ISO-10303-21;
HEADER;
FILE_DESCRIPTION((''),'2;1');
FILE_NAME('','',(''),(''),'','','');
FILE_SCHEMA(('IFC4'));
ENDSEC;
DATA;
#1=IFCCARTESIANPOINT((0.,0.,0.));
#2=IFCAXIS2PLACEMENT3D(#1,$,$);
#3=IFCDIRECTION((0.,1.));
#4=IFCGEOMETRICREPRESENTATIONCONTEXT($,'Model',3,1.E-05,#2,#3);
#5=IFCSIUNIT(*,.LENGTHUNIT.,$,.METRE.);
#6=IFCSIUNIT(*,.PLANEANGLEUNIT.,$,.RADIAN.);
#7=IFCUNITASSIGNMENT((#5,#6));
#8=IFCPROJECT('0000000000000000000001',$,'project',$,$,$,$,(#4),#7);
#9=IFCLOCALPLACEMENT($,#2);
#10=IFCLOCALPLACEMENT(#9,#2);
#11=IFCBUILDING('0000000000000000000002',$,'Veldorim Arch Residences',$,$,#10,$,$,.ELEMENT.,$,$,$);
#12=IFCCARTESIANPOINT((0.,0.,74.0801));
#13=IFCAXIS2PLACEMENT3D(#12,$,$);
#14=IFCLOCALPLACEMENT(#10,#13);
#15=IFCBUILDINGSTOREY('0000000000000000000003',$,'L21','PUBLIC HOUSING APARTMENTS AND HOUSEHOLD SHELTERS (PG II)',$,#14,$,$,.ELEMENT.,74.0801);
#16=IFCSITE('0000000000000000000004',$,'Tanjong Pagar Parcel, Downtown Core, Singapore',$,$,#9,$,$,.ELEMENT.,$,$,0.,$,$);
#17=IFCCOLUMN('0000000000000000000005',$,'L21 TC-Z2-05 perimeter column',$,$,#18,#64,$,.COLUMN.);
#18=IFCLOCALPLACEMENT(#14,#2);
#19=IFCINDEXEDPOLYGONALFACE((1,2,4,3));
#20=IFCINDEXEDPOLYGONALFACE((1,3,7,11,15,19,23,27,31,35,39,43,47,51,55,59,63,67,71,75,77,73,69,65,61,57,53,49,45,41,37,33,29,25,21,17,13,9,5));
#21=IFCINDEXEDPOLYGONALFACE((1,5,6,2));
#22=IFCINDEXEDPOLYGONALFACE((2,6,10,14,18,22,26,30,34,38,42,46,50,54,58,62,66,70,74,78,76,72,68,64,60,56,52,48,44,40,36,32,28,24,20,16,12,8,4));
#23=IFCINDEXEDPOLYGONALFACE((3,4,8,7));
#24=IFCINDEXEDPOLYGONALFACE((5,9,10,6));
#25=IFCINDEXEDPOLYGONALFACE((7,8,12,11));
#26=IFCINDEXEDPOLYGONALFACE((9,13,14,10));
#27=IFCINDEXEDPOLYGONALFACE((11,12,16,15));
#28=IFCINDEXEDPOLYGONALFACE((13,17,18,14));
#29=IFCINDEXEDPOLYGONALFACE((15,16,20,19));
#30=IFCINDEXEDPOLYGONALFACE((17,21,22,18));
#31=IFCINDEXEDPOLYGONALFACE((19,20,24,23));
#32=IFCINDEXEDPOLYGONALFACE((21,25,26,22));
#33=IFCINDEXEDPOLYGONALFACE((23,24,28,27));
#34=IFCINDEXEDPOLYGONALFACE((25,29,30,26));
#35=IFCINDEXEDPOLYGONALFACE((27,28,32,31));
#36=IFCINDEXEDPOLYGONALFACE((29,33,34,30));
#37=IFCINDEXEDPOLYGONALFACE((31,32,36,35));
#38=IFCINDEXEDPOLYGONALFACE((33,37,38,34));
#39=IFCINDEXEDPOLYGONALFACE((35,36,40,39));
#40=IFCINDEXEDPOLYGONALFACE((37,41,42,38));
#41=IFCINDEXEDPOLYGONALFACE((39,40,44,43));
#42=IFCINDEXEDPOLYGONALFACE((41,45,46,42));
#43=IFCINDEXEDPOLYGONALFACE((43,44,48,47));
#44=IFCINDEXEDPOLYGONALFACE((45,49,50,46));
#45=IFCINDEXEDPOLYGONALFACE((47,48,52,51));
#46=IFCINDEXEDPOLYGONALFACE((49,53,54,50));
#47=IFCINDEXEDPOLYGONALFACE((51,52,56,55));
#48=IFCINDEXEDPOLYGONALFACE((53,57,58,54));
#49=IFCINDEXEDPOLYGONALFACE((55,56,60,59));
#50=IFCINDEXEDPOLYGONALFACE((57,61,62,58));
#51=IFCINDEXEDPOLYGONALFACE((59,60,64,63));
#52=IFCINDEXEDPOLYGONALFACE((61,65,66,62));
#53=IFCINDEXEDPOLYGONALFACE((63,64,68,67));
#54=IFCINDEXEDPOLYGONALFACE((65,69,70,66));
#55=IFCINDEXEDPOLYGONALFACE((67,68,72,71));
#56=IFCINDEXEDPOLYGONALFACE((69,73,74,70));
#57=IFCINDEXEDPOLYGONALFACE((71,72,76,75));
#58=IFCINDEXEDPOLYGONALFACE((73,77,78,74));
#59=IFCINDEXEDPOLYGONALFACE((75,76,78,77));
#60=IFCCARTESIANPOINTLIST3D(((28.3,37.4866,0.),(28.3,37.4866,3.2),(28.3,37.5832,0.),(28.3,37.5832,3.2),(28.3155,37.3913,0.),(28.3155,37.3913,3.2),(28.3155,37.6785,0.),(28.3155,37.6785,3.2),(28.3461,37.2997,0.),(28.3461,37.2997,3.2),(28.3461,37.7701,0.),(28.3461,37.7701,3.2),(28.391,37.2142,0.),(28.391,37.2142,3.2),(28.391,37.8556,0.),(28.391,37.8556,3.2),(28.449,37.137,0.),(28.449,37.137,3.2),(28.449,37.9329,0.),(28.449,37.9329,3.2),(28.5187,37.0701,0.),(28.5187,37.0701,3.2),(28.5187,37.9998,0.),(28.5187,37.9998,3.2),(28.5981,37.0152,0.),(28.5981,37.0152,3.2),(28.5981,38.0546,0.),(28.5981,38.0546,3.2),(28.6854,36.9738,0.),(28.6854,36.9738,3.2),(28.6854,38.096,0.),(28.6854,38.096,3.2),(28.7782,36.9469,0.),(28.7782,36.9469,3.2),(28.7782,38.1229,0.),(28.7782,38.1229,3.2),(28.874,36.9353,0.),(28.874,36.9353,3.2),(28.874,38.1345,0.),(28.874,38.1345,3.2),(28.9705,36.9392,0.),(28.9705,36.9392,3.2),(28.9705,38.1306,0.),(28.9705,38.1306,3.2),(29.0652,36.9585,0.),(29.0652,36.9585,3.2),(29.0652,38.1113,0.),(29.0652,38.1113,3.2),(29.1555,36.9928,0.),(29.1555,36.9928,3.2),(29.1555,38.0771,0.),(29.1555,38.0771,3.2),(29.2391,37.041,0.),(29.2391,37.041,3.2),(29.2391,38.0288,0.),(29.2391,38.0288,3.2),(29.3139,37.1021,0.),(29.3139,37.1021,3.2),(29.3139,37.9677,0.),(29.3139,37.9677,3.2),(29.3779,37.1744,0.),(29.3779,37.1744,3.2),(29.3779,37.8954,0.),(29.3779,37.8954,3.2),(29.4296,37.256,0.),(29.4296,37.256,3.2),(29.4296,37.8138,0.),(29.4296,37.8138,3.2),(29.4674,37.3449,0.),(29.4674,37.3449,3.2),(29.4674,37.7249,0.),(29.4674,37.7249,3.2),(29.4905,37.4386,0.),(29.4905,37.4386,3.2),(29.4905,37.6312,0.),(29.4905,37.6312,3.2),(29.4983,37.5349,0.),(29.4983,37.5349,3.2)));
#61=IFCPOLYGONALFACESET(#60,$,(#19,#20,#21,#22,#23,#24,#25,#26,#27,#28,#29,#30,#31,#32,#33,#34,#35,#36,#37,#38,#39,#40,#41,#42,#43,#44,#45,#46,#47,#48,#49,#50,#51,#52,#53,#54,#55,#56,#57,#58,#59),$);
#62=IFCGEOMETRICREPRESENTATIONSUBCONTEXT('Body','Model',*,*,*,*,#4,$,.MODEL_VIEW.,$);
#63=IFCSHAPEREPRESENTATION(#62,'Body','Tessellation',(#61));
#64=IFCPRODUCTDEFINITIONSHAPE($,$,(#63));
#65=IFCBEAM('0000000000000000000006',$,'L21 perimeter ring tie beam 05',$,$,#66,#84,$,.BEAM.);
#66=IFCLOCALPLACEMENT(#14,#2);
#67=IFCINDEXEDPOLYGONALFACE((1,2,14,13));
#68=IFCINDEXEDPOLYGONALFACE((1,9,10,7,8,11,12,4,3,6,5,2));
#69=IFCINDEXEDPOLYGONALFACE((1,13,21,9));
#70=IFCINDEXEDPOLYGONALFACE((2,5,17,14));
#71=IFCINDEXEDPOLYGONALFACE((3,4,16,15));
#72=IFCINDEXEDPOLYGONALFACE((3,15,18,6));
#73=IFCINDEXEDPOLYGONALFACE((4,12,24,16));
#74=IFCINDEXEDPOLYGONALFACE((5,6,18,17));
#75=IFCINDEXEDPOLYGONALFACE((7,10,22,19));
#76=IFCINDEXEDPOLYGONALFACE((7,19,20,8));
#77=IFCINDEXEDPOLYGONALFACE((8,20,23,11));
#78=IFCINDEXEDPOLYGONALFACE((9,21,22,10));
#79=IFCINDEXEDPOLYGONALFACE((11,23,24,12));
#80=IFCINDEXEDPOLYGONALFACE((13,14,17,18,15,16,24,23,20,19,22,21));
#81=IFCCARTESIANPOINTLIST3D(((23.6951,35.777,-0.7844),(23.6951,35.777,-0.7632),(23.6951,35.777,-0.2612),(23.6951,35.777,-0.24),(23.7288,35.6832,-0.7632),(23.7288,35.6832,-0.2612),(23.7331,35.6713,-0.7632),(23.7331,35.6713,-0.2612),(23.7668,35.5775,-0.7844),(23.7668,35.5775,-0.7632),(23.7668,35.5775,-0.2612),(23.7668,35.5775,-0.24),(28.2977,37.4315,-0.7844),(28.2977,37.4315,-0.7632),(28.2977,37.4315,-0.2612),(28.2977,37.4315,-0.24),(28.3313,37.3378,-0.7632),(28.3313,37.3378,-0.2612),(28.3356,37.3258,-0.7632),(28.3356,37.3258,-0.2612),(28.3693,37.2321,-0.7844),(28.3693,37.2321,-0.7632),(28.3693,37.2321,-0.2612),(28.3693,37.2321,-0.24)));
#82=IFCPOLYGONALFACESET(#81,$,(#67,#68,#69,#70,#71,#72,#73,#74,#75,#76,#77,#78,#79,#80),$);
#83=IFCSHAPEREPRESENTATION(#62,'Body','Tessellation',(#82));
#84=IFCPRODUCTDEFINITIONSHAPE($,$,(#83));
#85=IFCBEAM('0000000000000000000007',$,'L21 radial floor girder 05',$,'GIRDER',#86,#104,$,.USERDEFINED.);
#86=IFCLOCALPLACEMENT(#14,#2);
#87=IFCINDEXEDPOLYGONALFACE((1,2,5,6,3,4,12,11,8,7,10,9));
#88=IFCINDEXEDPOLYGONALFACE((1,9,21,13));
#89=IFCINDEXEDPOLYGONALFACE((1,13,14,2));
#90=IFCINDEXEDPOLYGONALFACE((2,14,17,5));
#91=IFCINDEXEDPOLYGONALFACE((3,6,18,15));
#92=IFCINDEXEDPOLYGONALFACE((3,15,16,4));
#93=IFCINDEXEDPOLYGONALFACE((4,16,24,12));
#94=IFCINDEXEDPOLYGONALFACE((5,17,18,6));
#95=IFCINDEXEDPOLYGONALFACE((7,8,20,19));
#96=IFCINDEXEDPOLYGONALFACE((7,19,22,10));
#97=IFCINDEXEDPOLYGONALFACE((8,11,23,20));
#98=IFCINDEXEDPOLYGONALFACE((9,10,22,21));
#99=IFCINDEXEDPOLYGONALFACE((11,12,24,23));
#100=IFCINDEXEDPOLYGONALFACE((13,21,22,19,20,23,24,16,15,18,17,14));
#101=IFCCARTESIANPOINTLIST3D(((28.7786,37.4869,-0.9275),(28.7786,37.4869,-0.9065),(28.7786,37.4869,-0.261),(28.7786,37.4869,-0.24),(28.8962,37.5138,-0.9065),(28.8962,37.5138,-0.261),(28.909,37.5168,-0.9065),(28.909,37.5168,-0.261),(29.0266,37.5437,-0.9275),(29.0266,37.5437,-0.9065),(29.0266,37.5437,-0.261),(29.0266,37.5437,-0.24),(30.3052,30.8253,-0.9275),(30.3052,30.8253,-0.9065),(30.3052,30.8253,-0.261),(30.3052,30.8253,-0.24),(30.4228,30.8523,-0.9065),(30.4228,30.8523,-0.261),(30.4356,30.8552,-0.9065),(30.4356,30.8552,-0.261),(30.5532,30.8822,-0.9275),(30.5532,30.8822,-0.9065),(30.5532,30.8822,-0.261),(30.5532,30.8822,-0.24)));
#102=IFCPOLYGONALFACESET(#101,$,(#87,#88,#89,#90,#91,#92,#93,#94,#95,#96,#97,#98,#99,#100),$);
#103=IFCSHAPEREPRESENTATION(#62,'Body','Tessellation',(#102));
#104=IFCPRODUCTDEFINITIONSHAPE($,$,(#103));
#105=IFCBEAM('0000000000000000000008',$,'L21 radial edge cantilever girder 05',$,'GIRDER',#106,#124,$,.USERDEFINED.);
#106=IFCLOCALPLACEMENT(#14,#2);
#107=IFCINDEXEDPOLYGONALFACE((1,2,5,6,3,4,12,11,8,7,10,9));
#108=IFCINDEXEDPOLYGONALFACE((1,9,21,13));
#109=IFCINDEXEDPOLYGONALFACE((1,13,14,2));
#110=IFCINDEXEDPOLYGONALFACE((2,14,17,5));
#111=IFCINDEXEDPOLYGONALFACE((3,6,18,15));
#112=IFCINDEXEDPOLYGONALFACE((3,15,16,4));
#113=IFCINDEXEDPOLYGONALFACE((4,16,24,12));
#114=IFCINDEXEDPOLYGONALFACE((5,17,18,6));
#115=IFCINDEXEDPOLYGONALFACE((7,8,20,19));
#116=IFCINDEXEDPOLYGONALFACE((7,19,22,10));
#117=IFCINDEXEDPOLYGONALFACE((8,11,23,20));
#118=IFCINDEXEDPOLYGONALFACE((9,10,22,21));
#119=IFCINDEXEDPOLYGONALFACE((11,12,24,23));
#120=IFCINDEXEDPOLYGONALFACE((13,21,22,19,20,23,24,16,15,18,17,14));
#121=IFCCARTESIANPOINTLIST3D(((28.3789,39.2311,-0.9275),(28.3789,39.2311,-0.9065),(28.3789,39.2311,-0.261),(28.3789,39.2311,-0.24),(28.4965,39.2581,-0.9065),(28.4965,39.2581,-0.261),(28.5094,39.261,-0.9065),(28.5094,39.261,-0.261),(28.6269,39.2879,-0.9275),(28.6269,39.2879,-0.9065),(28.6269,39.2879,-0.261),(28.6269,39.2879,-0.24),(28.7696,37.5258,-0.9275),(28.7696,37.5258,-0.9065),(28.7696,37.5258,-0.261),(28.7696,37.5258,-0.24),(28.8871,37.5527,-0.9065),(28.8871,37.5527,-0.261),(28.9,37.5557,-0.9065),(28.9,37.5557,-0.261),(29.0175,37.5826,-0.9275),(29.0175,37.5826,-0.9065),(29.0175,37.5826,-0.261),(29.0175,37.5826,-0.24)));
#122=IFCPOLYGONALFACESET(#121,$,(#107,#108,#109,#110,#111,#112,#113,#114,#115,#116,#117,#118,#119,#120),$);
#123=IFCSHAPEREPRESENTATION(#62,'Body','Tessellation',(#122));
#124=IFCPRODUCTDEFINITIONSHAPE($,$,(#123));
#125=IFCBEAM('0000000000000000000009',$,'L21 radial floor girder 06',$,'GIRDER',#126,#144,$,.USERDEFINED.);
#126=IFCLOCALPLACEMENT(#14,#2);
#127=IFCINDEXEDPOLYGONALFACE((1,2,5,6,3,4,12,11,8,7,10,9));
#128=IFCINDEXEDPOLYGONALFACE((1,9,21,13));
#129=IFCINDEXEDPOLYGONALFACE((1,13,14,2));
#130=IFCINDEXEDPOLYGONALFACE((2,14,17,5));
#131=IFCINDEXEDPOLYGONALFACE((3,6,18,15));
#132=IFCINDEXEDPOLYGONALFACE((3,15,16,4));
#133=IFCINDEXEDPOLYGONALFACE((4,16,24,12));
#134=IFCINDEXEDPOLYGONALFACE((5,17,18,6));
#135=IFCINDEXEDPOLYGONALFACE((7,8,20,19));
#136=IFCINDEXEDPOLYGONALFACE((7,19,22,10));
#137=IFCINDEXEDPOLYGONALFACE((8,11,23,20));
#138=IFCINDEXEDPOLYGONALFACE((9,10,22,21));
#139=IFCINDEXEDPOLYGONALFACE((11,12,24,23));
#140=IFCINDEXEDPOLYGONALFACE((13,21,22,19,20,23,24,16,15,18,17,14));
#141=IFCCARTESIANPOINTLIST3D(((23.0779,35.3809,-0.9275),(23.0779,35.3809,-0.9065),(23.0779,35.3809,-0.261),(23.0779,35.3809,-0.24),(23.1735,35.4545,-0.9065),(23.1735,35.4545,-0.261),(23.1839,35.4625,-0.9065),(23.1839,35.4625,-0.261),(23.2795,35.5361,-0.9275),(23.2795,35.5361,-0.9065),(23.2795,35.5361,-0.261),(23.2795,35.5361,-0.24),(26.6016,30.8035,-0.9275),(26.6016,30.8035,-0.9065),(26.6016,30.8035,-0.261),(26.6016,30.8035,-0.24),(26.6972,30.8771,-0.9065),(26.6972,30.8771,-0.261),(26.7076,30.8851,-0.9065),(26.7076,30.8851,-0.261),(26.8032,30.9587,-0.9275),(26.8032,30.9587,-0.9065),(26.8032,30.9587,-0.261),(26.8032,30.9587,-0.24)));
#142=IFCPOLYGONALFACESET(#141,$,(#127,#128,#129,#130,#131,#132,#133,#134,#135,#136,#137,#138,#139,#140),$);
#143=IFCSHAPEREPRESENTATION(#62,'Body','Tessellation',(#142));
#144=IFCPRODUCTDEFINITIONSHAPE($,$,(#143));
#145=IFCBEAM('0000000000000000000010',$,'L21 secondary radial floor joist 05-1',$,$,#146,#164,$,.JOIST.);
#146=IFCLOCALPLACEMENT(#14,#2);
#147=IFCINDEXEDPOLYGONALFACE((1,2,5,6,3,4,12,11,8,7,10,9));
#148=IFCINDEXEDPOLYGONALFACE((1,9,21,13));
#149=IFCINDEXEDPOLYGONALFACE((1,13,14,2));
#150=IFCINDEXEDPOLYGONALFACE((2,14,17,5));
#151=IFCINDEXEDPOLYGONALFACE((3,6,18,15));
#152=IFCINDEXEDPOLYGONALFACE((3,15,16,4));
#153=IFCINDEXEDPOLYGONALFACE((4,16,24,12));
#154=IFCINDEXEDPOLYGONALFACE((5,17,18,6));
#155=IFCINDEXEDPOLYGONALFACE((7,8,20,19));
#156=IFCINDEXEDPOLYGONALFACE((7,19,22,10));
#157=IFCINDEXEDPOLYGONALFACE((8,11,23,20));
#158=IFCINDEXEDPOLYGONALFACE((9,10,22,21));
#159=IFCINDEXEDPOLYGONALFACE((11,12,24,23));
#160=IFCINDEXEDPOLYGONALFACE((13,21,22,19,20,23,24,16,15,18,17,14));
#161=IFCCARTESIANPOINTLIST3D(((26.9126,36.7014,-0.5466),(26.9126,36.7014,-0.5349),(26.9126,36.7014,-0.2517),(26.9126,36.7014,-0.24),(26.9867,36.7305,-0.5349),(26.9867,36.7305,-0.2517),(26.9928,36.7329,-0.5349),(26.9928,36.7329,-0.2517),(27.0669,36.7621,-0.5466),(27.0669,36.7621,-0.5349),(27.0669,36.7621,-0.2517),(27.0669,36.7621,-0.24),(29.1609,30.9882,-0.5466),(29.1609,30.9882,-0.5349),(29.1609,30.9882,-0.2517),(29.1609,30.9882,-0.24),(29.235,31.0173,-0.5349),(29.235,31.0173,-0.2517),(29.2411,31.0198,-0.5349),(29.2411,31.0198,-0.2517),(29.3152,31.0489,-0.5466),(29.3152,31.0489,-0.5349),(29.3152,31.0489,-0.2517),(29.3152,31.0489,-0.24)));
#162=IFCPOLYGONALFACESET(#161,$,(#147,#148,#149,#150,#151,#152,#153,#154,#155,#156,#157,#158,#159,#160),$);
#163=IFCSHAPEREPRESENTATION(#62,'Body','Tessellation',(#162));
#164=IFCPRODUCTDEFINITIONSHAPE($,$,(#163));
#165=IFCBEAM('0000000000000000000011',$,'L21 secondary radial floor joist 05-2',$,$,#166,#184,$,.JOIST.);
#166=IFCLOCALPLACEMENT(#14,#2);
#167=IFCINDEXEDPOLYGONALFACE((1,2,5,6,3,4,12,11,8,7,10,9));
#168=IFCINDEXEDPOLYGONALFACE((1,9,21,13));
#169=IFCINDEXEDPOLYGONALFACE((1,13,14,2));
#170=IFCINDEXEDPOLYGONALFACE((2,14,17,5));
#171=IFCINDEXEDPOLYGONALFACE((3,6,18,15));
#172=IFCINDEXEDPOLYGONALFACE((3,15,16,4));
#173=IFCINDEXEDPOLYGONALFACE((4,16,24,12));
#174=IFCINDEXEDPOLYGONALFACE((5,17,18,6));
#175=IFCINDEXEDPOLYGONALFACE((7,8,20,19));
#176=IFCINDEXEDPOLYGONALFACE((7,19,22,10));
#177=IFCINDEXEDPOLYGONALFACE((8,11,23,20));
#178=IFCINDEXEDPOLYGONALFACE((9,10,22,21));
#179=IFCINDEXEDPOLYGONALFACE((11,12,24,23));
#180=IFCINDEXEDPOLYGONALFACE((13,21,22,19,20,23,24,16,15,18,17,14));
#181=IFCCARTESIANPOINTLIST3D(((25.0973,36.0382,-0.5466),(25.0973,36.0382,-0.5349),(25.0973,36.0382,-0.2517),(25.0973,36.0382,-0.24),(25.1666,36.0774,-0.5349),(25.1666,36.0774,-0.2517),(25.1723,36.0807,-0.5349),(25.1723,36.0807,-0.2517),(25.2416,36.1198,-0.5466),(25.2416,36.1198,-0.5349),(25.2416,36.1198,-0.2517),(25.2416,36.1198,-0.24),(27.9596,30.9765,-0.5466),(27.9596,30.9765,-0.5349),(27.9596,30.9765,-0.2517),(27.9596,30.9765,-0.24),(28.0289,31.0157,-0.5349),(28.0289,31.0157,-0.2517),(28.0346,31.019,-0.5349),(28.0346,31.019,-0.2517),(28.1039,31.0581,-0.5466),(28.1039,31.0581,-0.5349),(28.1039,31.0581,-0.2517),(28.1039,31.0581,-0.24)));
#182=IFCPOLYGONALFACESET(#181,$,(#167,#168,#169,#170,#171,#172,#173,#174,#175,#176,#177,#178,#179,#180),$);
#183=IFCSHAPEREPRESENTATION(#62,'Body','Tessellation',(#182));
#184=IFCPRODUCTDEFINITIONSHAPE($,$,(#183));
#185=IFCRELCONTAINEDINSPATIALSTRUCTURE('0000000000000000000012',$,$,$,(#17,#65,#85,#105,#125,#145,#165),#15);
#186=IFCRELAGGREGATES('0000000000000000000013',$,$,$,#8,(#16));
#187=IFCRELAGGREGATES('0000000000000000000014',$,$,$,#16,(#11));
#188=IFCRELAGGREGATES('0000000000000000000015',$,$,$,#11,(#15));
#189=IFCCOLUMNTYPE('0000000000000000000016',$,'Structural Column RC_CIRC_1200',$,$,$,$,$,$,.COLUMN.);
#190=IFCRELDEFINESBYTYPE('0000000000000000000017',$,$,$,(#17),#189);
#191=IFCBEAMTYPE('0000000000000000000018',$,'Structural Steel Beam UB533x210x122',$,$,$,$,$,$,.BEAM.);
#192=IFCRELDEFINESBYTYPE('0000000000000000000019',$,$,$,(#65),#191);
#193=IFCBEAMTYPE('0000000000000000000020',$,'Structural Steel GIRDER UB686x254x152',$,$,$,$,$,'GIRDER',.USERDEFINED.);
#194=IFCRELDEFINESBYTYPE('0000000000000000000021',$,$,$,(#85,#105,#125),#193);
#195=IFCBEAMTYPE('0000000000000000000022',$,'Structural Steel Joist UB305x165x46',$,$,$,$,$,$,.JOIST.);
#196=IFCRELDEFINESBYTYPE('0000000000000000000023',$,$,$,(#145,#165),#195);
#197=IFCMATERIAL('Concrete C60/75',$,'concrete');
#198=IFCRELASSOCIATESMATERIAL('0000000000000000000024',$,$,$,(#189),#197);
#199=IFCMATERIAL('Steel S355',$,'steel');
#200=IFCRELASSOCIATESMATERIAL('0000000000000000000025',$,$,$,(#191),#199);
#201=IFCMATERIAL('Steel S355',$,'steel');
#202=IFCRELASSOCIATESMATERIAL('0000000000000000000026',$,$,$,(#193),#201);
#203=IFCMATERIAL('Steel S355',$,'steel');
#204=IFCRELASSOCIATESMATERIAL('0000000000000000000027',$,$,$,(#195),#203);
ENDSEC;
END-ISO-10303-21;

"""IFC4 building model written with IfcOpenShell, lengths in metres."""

from ifc_helpers import new_model, si_unit, direction, frame, origin, origin_2d, place, context, subcontext, project, spatial, circle, i_section, extrude, material, material_profile, profile_set, type_object, element, save


model = new_model("IFC4")

# Units and contexts
model_context = context("Model", 3, precision=1e-05, world=origin(), true_north=direction((0.0, 1.0)))
body_context = subcontext(model_context, "Body", "Model", "MODEL_VIEW")
ifc_project = project(units=[si_unit("LENGTHUNIT", "METRE"), si_unit("PLANEANGLEUNIT", "RADIAN")], contexts=[model_context])

# Site, building, storey
site_placement = place(None, origin())
site = spatial("IfcSite", under=ifc_project, at=site_placement, Name="Tanjong Pagar Parcel, Downtown Core, Singapore", CompositionType="ELEMENT", RefElevation=0.0)
building_placement = place(site_placement, origin())
building = spatial("IfcBuilding", under=site, at=building_placement, Name="Veldorim Arch Residences", CompositionType="ELEMENT")
storey_placement = place(building_placement, frame((0.0, 0.0, 74.0801)))
storey = spatial("IfcBuildingStorey", under=building, at=storey_placement, Name="L21", Description="PUBLIC HOUSING APARTMENTS AND HOUSEHOLD SHELTERS (PG II)", CompositionType="ELEMENT", Elevation=74.0801)

# Column
ifc_material_1 = material(Name="Concrete C60/75", Category="concrete")
ifc_material_profile_1 = material_profile(ifc_material_1, circle(Radius=0.6001, at=origin_2d()), Name="RC_CIRC_1200")
ifc_profile_set_1 = profile_set([ifc_material_profile_1], Name="Concrete C60/75")
column_type = type_object("IfcColumnType", Name="Structural Column RC_CIRC_1200", PredefinedType="COLUMN", material=ifc_profile_set_1)
column_placement = place(storey_placement, frame((28.8982, 37.5349, 0.0), z_axis=(0.0, 0.0, 1.0), x_axis=(1.0, 0.0, 0.0)))
element("IfcColumn", 1, at=column_placement, inside=storey, type_object=column_type, Name="L21 TC-Z2-05 perimeter column", PredefinedType="COLUMN", context=body_context, shape_type="SweptSolid", body=[
    extrude(circle(Radius=0.6001, at=origin_2d()), origin(), (0.0, 0.0, 1.0), 3.2),
])

# Beams
ifc_material_2 = material(Name="Steel S355", Category="steel")
ifc_material_profile_2 = material_profile(ifc_material_2, i_section(OverallWidth=0.2119, OverallDepth=0.5444, WebThickness=0.0127, FlangeThickness=0.0212, at=origin_2d()), Name="UB533x210x122")
ifc_profile_set_2 = profile_set([ifc_material_profile_2], Name="Steel S355")
beam_type_1 = type_object("IfcBeamType", Name="Structural Steel Beam UB533x210x122", PredefinedType="BEAM", material=ifc_profile_set_2)
beam_1_placement = place(storey_placement, frame((28.3335, 37.3318, -0.5122), z_axis=(-0.941042, -0.33829, 0.0), x_axis=(0.33829, -0.941042, 0.0)))
element("IfcBeam", 2, at=beam_1_placement, inside=storey, type_object=beam_type_1, Name="L21 perimeter ring tie beam 05", PredefinedType="BEAM", context=body_context, shape_type="SweptSolid", body=[
    extrude(i_section(OverallWidth=0.2119, OverallDepth=0.5444, WebThickness=0.0127, FlangeThickness=0.0212, at=origin_2d()), origin(), (0.0, 0.0, 1.0), 4.8909),
])
ifc_material_3 = material(Name="Steel S355", Category="steel")
ifc_material_profile_3 = material_profile(ifc_material_3, i_section(OverallWidth=0.2544, OverallDepth=0.6875, WebThickness=0.0132, FlangeThickness=0.021, at=origin_2d()), Name="UB686x254x152")
ifc_profile_set_3 = profile_set([ifc_material_profile_3], Name="Steel S355")
beam_type_2 = type_object("IfcBeamType", Name="Structural Steel GIRDER UB686x254x152", ElementType="GIRDER", PredefinedType="USERDEFINED", material=ifc_profile_set_3)
beam_2_placement = place(storey_placement, frame((30.4292, 30.8538, -0.5837), z_axis=(-0.223375, 0.974733, 0.0), x_axis=(-0.974733, -0.223375, 0.0)))
element("IfcBeam", 3, at=beam_2_placement, inside=storey, type_object=beam_type_2, Name="L21 radial floor girder 05", ObjectType="GIRDER", PredefinedType="USERDEFINED", context=body_context, shape_type="SweptSolid", body=[
    extrude(i_section(OverallWidth=0.2544, OverallDepth=0.6875, WebThickness=0.0132, FlangeThickness=0.021, at=origin_2d()), origin(), (0.0, 0.0, 1.0), 6.8342),
])
beam_3_placement = place(storey_placement, frame((28.8936, 37.5542, -0.5837), z_axis=(-0.223279, 0.974754, 0.0), x_axis=(-0.974754, -0.223279, 0.0)))
element("IfcBeam", 4, at=beam_3_placement, inside=storey, type_object=beam_type_2, Name="L21 radial edge cantilever girder 05", ObjectType="GIRDER", PredefinedType="USERDEFINED", context=body_context, shape_type="SweptSolid", body=[
    extrude(i_section(OverallWidth=0.2544, OverallDepth=0.6875, WebThickness=0.0132, FlangeThickness=0.021, at=origin_2d()), origin(), (0.0, 0.0, 1.0), 1.7495),
])
beam_4_placement = place(storey_placement, frame((26.7024, 30.8811, -0.5837), z_axis=(-0.609995, 0.792406, 0.0), x_axis=(-0.792406, -0.609995, 0.0)))
element("IfcBeam", 5, at=beam_4_placement, inside=storey, type_object=beam_type_2, Name="L21 radial floor girder 06", ObjectType="GIRDER", PredefinedType="USERDEFINED", context=body_context, shape_type="SweptSolid", body=[
    extrude(i_section(OverallWidth=0.2544, OverallDepth=0.6875, WebThickness=0.0132, FlangeThickness=0.021, at=origin_2d()), origin(), (0.0, 0.0, 1.0), 5.7766),
])
ifc_material_4 = material(Name="Steel S355", Category="steel")
ifc_material_profile_4 = material_profile(ifc_material_4, i_section(OverallWidth=0.1658, OverallDepth=0.3066, WebThickness=0.0066, FlangeThickness=0.0117, at=origin_2d()), Name="UB305x165x46")
ifc_profile_set_4 = profile_set([ifc_material_profile_4], Name="Steel S355")
beam_type_3 = type_object("IfcBeamType", Name="Structural Steel Joist UB305x165x46", PredefinedType="JOIST", material=ifc_profile_set_4)
beam_5_placement = place(storey_placement, frame((29.238, 31.0186, -0.3933), z_axis=(-0.366195, 0.930538, 0.0), x_axis=(-0.930538, -0.366195, 0.0)))
element("IfcBeam", 6, at=beam_5_placement, inside=storey, type_object=beam_type_3, Name="L21 secondary radial floor joist 05-1", PredefinedType="JOIST", context=body_context, shape_type="SweptSolid", body=[
    extrude(i_section(OverallWidth=0.1658, OverallDepth=0.3066, WebThickness=0.0066, FlangeThickness=0.0117, at=origin_2d()), origin(), (0.0, 0.0, 1.0), 6.1396),
])
beam_6_placement = place(storey_placement, frame((28.0317, 31.0173, -0.3933), z_axis=(-0.492227, 0.870467, 0.0), x_axis=(-0.870467, -0.492227, 0.0)))
element("IfcBeam", 7, at=beam_6_placement, inside=storey, type_object=beam_type_3, Name="L21 secondary radial floor joist 05-2", PredefinedType="JOIST", context=body_context, shape_type="SweptSolid", body=[
    extrude(i_section(OverallWidth=0.1658, OverallDepth=0.3066, WebThickness=0.0066, FlangeThickness=0.0117, at=origin_2d()), origin(), (0.0, 0.0, 1.0), 5.8149),
])

save(model, "model.ifc")
